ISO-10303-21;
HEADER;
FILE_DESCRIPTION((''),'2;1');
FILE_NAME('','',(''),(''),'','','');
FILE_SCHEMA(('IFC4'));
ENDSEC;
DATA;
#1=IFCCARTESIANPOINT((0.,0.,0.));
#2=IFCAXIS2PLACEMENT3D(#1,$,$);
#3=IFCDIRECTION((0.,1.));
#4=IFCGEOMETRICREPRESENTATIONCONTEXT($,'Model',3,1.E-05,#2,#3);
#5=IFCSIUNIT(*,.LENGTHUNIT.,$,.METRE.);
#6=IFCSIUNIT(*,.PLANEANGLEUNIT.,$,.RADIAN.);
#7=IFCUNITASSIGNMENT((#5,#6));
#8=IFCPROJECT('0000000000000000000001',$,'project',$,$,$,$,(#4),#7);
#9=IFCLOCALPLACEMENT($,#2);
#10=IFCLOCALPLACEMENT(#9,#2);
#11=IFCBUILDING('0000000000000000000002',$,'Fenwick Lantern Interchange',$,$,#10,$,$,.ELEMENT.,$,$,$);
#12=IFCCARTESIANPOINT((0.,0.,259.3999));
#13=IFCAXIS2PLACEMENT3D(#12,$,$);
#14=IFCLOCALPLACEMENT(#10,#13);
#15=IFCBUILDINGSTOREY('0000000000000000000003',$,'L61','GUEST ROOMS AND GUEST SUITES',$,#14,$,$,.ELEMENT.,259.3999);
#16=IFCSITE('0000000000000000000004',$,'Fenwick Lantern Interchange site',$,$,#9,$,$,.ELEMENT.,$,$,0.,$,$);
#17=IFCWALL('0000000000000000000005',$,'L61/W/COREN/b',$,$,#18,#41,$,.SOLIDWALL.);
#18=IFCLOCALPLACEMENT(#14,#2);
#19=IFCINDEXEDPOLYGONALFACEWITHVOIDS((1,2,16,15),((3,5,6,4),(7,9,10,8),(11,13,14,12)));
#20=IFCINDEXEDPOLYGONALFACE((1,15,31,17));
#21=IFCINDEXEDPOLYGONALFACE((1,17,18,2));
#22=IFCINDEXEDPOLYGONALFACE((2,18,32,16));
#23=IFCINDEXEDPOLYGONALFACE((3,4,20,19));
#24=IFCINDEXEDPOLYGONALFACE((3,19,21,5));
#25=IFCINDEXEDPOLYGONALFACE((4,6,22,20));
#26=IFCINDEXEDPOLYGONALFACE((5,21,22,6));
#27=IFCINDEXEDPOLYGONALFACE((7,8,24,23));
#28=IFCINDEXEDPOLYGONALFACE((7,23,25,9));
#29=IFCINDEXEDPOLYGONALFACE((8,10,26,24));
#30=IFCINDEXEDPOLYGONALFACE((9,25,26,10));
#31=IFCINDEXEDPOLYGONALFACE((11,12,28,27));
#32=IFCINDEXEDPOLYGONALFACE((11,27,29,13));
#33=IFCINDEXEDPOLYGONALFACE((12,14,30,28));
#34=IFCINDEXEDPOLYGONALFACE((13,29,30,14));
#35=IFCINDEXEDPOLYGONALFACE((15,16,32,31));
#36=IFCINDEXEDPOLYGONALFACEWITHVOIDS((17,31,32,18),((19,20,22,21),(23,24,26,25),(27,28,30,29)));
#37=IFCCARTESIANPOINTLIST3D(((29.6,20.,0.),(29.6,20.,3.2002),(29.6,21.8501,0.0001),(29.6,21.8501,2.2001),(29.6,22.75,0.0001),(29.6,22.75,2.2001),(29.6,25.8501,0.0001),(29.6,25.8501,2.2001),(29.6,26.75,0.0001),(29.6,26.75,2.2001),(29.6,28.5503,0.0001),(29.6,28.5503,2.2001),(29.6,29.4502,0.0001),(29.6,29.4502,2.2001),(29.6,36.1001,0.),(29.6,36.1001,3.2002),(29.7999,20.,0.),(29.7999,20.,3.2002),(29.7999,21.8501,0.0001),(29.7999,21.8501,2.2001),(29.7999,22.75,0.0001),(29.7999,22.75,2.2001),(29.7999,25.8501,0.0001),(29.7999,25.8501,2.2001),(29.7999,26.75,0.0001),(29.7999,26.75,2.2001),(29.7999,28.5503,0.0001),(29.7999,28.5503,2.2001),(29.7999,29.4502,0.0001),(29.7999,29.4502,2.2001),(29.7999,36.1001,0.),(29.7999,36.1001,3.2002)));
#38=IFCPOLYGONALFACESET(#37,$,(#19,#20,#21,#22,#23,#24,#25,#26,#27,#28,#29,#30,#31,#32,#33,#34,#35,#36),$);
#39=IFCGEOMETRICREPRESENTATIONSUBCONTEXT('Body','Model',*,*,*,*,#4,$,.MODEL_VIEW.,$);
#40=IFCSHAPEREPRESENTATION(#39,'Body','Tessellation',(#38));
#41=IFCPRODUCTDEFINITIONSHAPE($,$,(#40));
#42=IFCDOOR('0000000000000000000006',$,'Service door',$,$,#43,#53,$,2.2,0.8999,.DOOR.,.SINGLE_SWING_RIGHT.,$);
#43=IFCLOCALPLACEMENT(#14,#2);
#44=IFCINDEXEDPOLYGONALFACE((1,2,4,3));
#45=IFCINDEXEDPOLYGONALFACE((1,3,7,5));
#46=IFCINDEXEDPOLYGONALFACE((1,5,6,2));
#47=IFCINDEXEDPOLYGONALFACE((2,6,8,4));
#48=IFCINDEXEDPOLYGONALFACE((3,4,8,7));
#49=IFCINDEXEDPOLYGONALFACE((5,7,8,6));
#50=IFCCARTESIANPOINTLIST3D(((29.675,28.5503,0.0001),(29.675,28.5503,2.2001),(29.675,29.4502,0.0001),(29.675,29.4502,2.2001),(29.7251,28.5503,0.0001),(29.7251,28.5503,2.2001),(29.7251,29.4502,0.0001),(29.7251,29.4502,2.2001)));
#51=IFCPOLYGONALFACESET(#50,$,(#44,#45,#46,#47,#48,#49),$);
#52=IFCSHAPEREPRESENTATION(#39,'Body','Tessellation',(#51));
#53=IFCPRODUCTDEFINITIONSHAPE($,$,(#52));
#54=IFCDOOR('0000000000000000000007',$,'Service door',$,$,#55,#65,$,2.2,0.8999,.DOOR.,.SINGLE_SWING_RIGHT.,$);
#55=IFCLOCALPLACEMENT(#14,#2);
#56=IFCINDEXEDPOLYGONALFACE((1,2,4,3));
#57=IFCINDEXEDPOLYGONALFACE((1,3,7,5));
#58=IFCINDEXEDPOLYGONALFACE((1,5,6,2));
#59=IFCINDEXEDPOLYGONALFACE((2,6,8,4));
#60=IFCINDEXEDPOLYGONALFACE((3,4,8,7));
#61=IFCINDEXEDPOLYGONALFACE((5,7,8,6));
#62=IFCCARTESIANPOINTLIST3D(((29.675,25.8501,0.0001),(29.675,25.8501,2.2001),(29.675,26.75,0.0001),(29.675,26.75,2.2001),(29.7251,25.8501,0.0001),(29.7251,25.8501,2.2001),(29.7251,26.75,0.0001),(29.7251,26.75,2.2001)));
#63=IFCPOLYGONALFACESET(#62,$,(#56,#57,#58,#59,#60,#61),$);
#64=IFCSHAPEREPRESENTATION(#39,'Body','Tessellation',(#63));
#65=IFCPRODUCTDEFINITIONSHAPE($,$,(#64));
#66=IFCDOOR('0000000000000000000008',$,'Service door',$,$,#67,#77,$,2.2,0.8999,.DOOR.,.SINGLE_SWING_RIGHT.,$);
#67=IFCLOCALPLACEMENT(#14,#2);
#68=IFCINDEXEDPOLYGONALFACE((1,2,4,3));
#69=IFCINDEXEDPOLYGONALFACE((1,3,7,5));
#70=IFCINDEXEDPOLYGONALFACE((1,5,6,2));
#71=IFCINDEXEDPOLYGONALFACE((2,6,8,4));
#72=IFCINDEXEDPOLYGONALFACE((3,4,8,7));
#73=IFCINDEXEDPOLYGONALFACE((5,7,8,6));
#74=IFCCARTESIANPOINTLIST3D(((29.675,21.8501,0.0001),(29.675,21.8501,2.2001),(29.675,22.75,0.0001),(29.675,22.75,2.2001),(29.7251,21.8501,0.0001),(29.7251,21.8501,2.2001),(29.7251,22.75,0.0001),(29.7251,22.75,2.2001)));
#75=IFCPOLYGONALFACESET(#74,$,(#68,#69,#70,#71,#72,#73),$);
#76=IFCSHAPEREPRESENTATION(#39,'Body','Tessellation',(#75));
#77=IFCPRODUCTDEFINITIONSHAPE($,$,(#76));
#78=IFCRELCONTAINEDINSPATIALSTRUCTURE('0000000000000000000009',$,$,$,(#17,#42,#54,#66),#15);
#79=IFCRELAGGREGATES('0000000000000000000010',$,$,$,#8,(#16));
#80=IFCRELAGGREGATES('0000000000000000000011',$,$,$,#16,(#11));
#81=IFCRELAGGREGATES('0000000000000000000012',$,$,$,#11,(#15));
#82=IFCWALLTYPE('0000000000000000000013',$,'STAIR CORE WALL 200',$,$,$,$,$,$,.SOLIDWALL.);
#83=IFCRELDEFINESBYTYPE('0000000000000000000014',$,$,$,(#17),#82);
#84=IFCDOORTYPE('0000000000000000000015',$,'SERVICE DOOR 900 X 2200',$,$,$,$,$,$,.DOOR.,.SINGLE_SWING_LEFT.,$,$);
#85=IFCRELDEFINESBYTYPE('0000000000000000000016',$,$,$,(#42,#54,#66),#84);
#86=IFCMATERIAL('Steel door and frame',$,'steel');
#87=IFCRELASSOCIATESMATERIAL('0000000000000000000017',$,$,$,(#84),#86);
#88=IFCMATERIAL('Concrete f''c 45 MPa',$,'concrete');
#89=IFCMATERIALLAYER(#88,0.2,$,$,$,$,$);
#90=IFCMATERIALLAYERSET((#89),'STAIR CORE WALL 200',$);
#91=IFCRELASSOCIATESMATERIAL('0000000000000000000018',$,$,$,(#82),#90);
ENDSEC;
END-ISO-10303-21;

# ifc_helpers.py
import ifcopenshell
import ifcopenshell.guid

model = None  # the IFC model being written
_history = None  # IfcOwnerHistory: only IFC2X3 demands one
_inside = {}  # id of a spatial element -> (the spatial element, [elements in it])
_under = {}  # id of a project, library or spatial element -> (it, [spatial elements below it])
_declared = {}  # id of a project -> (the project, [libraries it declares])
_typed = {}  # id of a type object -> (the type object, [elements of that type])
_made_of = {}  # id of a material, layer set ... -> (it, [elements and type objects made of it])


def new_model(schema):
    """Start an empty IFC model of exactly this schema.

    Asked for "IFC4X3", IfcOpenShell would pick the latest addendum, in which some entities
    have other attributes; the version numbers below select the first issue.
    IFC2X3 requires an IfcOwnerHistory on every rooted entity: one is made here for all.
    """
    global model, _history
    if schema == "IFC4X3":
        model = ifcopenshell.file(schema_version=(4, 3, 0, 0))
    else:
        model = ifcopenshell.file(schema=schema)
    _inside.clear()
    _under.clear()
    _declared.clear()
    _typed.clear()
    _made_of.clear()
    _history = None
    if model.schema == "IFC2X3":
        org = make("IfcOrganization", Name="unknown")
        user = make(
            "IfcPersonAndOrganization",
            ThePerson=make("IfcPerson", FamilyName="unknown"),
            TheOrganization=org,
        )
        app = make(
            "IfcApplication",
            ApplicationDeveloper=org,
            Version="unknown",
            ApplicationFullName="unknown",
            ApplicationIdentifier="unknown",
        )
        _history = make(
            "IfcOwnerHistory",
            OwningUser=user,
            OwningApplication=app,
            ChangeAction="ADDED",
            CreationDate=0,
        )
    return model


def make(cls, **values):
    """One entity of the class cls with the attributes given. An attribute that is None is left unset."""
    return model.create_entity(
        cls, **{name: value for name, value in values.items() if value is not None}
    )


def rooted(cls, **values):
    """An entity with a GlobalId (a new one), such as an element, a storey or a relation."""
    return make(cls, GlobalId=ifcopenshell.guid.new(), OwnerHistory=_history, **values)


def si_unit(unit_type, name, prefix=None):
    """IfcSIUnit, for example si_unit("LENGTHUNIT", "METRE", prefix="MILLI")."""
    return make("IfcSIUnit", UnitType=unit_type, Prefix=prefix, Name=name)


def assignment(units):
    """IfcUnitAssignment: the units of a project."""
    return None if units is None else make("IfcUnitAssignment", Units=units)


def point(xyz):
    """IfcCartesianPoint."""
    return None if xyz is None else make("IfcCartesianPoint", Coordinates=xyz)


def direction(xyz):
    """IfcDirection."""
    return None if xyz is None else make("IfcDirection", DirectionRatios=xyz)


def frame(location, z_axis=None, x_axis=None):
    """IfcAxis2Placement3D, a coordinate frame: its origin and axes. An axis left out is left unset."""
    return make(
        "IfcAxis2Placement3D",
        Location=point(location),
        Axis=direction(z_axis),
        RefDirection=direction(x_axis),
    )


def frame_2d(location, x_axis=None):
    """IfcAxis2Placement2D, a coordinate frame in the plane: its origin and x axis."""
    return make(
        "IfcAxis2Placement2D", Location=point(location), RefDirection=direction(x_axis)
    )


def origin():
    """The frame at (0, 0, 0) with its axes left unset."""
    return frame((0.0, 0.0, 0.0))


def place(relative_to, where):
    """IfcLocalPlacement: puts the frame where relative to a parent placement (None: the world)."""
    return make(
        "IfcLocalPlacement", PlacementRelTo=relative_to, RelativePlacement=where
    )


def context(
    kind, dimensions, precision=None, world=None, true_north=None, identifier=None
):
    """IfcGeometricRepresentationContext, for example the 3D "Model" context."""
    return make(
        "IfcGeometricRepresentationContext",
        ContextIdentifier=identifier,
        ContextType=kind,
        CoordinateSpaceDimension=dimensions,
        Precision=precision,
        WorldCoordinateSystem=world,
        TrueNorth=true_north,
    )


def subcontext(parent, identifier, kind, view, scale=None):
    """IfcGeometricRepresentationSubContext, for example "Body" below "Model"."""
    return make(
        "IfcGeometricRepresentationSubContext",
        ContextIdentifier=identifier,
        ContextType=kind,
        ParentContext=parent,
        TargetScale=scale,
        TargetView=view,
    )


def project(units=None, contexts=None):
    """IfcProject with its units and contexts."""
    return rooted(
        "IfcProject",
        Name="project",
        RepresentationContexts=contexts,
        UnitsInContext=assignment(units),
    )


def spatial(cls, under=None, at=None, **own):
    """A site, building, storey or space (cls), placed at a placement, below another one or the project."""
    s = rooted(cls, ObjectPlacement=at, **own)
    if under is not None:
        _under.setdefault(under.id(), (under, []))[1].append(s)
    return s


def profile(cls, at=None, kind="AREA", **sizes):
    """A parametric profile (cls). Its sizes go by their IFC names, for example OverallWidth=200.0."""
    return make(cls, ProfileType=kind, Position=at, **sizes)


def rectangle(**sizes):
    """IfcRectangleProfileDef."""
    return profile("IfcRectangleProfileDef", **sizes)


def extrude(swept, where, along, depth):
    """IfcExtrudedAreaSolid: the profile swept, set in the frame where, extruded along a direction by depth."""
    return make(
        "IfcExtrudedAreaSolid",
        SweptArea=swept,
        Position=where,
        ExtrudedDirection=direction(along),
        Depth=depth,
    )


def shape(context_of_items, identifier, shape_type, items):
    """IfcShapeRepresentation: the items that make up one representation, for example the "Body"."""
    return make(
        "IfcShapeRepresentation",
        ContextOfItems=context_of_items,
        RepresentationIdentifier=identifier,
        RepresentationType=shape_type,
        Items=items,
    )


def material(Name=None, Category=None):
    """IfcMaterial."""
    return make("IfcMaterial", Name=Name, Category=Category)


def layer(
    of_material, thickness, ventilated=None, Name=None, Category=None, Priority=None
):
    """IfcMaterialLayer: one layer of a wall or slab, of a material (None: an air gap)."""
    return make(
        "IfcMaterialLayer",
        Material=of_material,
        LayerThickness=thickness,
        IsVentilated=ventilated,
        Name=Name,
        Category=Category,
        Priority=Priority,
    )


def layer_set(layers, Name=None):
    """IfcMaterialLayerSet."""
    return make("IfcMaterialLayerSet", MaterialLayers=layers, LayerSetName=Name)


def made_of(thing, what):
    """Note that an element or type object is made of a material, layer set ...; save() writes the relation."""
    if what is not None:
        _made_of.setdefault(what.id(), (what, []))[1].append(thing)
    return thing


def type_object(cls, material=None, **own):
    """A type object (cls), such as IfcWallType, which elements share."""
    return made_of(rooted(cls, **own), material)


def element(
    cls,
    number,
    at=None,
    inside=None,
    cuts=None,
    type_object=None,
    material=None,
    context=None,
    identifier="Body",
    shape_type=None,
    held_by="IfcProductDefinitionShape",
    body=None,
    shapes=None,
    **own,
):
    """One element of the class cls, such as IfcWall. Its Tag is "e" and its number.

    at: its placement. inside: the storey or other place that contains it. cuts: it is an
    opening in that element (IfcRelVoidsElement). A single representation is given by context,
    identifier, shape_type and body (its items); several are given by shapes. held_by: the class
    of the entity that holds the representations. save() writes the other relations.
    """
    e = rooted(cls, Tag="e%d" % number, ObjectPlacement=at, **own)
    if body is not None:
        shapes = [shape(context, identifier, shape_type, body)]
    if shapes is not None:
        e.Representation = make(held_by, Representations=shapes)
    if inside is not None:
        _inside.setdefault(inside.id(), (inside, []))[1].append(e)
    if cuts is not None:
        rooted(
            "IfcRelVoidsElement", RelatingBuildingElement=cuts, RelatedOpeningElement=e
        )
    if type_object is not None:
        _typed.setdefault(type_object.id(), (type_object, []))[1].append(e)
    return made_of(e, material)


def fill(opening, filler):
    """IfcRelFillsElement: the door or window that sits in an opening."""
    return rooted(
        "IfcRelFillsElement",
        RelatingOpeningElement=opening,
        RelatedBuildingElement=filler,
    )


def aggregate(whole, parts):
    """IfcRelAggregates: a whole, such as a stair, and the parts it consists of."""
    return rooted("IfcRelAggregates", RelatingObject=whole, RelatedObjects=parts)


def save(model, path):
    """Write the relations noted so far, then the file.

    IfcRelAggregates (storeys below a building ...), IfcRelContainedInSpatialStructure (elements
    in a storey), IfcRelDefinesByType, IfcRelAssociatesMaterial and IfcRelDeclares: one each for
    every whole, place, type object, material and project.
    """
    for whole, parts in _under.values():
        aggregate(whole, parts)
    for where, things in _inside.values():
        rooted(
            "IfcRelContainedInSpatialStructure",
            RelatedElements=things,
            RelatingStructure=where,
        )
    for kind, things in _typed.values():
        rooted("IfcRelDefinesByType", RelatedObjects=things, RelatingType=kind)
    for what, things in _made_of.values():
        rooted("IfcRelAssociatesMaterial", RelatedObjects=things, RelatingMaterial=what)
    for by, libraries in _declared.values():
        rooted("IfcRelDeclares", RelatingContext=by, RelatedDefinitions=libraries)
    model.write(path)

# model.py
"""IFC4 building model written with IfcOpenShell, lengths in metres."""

from ifc_helpers import new_model, si_unit, direction, frame, frame_2d, origin, place, context, subcontext, project, spatial, rectangle, extrude, material, layer, layer_set, type_object, element, fill, save


model = new_model("IFC4")

# Units and contexts
model_context = context("Model", 3, precision=1e-05, world=origin(), true_north=direction((0.0, 1.0)))
body_context = subcontext(model_context, "Body", "Model", "MODEL_VIEW")
ifc_project = project(units=[si_unit("LENGTHUNIT", "METRE"), si_unit("PLANEANGLEUNIT", "RADIAN")], contexts=[model_context])

# Site, building, storey
site_placement = place(None, origin())
site = spatial("IfcSite", under=ifc_project, at=site_placement, Name="Fenwick Lantern Interchange site", CompositionType="ELEMENT", RefElevation=0.0)
building_placement = place(site_placement, origin())
building = spatial("IfcBuilding", under=site, at=building_placement, Name="Fenwick Lantern Interchange", CompositionType="ELEMENT")
storey_placement = place(building_placement, frame((0.0, 0.0, 259.3999)))
storey = spatial("IfcBuildingStorey", under=building, at=storey_placement, Name="L61", Description="GUEST ROOMS AND GUEST SUITES", CompositionType="ELEMENT", Elevation=259.3999)

# Shared definitions
ifc_material_1 = material(Name="Steel door and frame", Category="steel")
door_type_1 = type_object("IfcDoorType", Name="SERVICE DOOR 900 X 2200", OperationType="SINGLE_SWING_LEFT", PredefinedType="DOOR", material=ifc_material_1)

# Wall, openings, doors
ifc_material_2 = material(Name="Concrete f'c 45 MPa", Category="concrete")
ifc_layer_1 = layer(ifc_material_2, 0.2)
ifc_layer_set_1 = layer_set([ifc_layer_1], Name="STAIR CORE WALL 200")
wall_type_1 = type_object("IfcWallType", Name="STAIR CORE WALL 200", PredefinedType="SOLIDWALL", material=ifc_layer_set_1)
wall_1_placement = place(storey_placement, frame((29.7, 36.1001, 0.0), z_axis=(0.0, 0.0, 1.0), x_axis=(0.0, -1.0, 0.0)))
wall_1 = element("IfcWall", 1, at=wall_1_placement, inside=storey, type_object=wall_type_1, Name="L61/W/COREN/b", PredefinedType="SOLIDWALL", context=body_context, shape_type="SweptSolid", body=[
    extrude(rectangle(XDim=16.1001, YDim=0.2, at=frame_2d((8.05, 0.0))), origin(), (0.0, 0.0, 1.0), 3.2002),
])
opening_1_placement = place(wall_1_placement, frame((6.6499, 0.0, 0.0)))
opening_1 = element("IfcOpeningElement", 2, at=opening_1_placement, cuts=wall_1, PredefinedType="OPENING", context=body_context, shape_type="SweptSolid", body=[
    extrude(rectangle(XDim=0.8999, YDim=2.2, at=frame_2d((0.45, 1.1001))), frame((0.0, 0.1099, 0.0), z_axis=(0.0, -1.0, 0.0), x_axis=(1.0, 0.0, 0.0)), (0.0, 0.0, 1.0), 0.22),
])
opening_2_placement = place(wall_1_placement, frame((9.3501, 0.0, 0.0)))
opening_2 = element("IfcOpeningElement", 3, at=opening_2_placement, cuts=wall_1, PredefinedType="OPENING", context=body_context, shape_type="SweptSolid", body=[
    extrude(rectangle(XDim=0.8999, YDim=2.2, at=frame_2d((0.45, 1.1001))), frame((0.0, 0.1099, 0.0), z_axis=(0.0, -1.0, 0.0), x_axis=(1.0, 0.0, 0.0)), (0.0, 0.0, 1.0), 0.22),
])
opening_3_placement = place(wall_1_placement, frame((13.3501, 0.0, 0.0)))
opening_3 = element("IfcOpeningElement", 4, at=opening_3_placement, cuts=wall_1, PredefinedType="OPENING", context=body_context, shape_type="SweptSolid", body=[
    extrude(rectangle(XDim=0.8999, YDim=2.2, at=frame_2d((0.45, 1.1001))), frame((0.0, 0.1099, 0.0), z_axis=(0.0, -1.0, 0.0), x_axis=(1.0, 0.0, 0.0)), (0.0, 0.0, 1.0), 0.22),
])
door_1_placement = place(opening_1_placement, frame((0.8999, 0.0, 0.0), z_axis=(0.0, 0.0, 1.0), x_axis=(-1.0, 0.0, 0.0)))
door_1 = element("IfcDoor", 5, at=door_1_placement, inside=storey, type_object=door_type_1, Name="Service door", OperationType="SINGLE_SWING_RIGHT", OverallHeight=2.2, OverallWidth=0.8999, PredefinedType="DOOR", context=body_context, shape_type="SweptSolid", body=[
    extrude(rectangle(XDim=0.8999, YDim=2.2, at=frame_2d((0.45, 1.1001))), frame((0.0, 0.0249, 0.0), z_axis=(0.0, -1.0, 0.0), x_axis=(1.0, 0.0, 0.0)), (0.0, 0.0, 1.0), 0.05),
])
fill(opening_1, door_1)
door_2_placement = place(opening_2_placement, frame((0.8999, 0.0, 0.0), z_axis=(0.0, 0.0, 1.0), x_axis=(-1.0, 0.0, 0.0)))
door_2 = element("IfcDoor", 6, at=door_2_placement, inside=storey, type_object=door_type_1, Name="Service door", OperationType="SINGLE_SWING_RIGHT", OverallHeight=2.2, OverallWidth=0.8999, PredefinedType="DOOR", context=body_context, shape_type="SweptSolid", body=[
    extrude(rectangle(XDim=0.8999, YDim=2.2, at=frame_2d((0.45, 1.1001))), frame((0.0, 0.0249, 0.0), z_axis=(0.0, -1.0, 0.0), x_axis=(1.0, 0.0, 0.0)), (0.0, 0.0, 1.0), 0.05),
])
fill(opening_2, door_2)
door_3_placement = place(opening_3_placement, frame((0.8999, 0.0, 0.0), z_axis=(0.0, 0.0, 1.0), x_axis=(-1.0, 0.0, 0.0)))
door_3 = element("IfcDoor", 7, at=door_3_placement, inside=storey, type_object=door_type_1, Name="Service door", OperationType="SINGLE_SWING_RIGHT", OverallHeight=2.2, OverallWidth=0.8999, PredefinedType="DOOR", context=body_context, shape_type="SweptSolid", body=[
    extrude(rectangle(XDim=0.8999, YDim=2.2, at=frame_2d((0.45, 1.1001))), frame((0.0, 0.0249, 0.0), z_axis=(0.0, -1.0, 0.0), x_axis=(1.0, 0.0, 0.0)), (0.0, 0.0, 1.0), 0.05),
])
fill(opening_3, door_3)

save(model, "model.ifc")
